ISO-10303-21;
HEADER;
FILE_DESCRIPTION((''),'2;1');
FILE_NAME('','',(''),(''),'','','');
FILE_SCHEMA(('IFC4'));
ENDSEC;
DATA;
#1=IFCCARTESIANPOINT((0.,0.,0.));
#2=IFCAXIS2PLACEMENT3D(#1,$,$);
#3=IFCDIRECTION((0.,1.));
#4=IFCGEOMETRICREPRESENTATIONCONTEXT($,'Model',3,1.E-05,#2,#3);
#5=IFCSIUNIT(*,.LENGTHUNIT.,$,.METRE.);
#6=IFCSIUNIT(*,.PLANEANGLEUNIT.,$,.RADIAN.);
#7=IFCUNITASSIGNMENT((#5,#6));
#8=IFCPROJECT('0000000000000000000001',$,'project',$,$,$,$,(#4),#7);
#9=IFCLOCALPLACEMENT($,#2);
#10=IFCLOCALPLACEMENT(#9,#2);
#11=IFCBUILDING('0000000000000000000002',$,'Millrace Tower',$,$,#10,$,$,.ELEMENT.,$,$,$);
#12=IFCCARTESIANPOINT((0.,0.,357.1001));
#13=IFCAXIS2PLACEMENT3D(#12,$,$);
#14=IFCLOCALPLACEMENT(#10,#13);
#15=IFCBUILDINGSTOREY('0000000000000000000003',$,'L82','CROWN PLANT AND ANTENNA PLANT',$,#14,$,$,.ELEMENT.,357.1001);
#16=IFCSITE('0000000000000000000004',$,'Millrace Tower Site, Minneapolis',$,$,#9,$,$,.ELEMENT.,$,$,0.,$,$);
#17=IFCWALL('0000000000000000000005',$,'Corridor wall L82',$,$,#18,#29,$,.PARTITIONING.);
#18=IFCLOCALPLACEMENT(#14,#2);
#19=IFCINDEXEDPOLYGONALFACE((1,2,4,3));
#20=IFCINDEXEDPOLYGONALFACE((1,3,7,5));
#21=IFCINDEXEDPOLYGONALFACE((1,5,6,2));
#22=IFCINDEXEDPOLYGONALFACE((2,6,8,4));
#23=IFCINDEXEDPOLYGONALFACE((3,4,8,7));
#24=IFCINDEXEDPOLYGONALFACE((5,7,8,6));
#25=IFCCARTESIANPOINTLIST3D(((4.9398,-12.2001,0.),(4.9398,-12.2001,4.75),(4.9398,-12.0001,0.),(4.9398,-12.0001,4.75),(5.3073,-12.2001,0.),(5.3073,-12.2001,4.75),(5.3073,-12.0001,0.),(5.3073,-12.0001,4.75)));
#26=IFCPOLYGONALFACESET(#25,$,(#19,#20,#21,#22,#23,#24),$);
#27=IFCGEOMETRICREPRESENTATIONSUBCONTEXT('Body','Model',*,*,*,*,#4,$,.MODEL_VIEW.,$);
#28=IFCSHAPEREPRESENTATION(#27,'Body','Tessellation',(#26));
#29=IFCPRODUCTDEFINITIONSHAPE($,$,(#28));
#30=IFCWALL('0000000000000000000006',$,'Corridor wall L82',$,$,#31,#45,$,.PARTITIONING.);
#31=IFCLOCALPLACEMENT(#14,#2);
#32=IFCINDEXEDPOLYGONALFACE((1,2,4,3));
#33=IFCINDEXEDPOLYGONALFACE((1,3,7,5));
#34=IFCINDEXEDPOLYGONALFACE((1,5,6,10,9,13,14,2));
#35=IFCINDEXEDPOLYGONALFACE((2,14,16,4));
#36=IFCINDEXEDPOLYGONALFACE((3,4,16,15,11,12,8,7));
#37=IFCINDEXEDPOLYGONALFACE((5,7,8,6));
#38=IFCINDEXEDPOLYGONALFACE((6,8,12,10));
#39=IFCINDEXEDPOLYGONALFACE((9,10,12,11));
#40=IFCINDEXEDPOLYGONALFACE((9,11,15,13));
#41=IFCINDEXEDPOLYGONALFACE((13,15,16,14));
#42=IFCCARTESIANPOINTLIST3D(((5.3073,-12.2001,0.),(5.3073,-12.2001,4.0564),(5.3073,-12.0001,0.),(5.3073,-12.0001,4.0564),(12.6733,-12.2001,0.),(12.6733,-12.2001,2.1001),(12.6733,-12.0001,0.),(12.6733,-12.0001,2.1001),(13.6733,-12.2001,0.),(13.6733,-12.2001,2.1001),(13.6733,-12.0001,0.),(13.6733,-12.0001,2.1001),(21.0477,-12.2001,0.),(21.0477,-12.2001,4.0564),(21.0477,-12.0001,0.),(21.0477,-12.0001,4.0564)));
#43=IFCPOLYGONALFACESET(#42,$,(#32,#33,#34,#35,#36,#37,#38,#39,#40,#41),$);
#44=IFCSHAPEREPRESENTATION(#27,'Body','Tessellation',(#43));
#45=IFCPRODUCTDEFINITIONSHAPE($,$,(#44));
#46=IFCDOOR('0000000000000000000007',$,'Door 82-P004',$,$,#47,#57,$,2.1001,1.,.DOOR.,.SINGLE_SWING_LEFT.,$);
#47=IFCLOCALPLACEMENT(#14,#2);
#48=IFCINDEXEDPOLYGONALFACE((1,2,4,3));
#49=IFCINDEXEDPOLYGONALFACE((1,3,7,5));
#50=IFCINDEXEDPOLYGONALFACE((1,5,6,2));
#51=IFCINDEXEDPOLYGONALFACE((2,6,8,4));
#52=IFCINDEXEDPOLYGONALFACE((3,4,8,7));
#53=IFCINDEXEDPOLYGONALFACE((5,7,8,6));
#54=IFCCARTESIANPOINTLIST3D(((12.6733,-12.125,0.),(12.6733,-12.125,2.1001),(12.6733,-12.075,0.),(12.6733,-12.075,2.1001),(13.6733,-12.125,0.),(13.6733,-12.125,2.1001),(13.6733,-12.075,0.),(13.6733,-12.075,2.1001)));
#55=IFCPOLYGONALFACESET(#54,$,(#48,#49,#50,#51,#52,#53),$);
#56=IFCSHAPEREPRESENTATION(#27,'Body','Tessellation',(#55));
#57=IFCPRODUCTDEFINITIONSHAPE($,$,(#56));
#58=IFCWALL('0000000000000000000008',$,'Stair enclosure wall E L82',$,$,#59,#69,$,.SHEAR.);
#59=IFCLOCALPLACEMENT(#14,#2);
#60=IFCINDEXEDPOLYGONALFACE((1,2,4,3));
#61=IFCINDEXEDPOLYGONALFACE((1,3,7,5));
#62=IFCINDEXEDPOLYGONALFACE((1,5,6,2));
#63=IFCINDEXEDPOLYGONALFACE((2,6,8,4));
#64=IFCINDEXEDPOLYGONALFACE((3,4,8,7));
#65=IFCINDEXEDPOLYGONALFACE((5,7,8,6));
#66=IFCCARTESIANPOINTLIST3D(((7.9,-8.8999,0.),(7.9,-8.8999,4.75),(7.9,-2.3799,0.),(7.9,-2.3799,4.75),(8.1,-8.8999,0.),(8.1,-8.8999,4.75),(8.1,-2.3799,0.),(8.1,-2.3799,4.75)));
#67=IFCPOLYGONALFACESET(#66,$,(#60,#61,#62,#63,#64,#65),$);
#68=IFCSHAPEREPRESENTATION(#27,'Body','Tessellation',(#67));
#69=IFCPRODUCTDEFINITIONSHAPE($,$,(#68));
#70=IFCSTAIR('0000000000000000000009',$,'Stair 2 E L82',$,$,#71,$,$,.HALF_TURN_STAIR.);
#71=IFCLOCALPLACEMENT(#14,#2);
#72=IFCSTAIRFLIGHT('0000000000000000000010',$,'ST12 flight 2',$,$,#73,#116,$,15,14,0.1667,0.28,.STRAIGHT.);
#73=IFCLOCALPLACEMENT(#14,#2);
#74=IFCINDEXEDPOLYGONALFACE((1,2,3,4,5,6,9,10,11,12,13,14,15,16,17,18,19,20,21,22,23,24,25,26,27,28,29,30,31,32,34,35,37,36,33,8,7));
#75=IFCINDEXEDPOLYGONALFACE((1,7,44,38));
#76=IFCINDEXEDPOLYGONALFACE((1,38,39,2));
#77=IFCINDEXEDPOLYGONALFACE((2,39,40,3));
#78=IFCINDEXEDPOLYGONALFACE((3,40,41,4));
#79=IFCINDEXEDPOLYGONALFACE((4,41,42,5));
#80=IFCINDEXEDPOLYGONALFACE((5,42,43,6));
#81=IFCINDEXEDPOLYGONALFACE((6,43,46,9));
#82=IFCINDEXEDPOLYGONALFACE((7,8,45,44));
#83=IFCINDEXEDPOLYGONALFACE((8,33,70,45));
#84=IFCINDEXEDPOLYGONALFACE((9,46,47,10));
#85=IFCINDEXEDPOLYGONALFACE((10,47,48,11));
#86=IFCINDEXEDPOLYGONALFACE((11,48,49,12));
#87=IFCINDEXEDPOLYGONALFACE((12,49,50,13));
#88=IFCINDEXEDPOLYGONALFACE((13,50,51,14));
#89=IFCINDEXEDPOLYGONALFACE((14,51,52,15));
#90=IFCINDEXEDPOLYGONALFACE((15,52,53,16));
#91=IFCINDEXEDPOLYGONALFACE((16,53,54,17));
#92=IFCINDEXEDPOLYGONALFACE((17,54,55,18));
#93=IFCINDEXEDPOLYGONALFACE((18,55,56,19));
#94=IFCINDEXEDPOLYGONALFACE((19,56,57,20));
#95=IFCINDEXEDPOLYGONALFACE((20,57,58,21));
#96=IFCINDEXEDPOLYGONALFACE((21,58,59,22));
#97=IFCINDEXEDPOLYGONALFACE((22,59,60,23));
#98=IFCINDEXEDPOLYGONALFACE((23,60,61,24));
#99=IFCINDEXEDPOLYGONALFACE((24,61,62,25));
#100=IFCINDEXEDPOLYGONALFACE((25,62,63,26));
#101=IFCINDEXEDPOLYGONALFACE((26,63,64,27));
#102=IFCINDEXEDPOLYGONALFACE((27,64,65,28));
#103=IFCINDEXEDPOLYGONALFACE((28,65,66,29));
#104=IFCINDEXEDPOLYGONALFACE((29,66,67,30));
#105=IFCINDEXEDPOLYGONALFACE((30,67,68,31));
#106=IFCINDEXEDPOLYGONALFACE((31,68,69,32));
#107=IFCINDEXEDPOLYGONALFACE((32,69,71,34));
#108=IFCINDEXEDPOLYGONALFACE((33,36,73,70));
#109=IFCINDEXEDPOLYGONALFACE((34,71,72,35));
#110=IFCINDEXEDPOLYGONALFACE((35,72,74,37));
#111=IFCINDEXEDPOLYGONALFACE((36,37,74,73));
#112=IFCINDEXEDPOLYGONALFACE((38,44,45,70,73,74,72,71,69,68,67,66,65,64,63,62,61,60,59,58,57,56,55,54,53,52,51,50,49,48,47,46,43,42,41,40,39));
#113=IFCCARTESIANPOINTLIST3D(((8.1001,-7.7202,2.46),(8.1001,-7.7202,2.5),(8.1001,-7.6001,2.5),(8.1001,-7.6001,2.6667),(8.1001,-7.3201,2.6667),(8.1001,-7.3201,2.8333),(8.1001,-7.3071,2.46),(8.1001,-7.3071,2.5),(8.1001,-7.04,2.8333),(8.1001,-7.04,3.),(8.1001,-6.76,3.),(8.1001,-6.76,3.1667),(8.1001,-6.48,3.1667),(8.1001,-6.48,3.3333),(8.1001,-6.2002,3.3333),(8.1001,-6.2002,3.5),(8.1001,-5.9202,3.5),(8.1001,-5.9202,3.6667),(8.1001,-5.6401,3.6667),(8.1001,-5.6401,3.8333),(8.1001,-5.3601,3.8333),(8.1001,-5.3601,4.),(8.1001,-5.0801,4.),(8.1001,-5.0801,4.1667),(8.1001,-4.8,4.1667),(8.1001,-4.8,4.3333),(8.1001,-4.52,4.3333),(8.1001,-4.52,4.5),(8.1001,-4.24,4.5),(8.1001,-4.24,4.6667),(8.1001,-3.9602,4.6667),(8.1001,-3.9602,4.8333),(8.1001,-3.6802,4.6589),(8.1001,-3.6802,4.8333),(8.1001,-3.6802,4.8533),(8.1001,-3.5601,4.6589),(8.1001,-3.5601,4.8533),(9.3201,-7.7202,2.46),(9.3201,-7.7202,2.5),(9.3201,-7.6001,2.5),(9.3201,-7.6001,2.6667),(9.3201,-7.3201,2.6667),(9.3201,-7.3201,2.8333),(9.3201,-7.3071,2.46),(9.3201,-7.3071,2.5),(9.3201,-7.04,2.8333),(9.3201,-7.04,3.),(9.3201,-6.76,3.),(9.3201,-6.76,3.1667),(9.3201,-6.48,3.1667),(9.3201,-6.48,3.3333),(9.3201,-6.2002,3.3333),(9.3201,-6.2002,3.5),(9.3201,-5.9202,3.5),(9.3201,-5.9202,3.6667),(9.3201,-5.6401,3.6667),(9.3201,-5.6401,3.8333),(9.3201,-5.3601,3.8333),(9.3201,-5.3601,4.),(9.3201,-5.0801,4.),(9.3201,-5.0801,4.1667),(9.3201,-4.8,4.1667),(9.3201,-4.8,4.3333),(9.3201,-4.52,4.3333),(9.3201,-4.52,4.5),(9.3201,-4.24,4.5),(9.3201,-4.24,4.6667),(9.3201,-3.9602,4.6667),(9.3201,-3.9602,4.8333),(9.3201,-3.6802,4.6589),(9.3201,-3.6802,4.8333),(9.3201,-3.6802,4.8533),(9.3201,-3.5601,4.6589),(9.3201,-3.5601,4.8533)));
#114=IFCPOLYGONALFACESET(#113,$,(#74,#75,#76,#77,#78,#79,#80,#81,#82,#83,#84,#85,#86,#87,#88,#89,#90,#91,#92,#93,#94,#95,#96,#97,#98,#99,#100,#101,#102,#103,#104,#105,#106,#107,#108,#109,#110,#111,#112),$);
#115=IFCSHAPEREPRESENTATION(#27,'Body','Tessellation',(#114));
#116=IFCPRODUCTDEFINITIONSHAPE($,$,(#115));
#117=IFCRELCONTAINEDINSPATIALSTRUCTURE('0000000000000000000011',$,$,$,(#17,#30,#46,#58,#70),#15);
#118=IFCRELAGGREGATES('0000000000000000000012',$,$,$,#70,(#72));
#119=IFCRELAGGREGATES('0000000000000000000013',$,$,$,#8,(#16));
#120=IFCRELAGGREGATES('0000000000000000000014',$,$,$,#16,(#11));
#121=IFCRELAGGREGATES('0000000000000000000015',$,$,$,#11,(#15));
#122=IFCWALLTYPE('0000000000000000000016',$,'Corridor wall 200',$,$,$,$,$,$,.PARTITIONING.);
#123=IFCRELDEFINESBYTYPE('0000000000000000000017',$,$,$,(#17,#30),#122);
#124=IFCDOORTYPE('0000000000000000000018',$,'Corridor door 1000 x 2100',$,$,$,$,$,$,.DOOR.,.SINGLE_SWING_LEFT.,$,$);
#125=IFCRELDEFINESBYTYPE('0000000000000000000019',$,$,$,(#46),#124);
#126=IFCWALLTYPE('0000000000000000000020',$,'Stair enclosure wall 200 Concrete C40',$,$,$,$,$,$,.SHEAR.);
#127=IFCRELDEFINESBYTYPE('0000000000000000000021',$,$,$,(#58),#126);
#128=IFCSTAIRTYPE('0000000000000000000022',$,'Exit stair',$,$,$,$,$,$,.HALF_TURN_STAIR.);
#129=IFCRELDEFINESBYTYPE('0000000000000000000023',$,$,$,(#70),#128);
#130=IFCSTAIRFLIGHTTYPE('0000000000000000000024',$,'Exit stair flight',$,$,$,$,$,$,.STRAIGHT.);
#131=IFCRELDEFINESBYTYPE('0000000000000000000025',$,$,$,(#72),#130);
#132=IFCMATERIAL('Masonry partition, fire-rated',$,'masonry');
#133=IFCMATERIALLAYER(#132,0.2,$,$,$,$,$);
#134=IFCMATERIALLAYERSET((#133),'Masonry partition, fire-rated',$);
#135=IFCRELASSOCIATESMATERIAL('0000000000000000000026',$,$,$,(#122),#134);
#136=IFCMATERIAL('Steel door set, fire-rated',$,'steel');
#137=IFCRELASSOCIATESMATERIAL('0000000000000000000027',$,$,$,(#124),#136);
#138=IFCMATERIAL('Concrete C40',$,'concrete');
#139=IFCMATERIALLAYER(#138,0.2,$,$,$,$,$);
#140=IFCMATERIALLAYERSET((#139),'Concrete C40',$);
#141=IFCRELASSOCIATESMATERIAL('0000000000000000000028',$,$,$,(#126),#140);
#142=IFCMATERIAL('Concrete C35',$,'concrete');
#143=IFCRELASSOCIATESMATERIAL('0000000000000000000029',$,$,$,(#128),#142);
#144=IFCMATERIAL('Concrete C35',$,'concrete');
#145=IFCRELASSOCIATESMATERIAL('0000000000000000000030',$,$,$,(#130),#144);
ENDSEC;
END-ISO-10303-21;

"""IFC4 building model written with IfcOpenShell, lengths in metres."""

from ifc_helpers import new_model, si_unit, direction, frame, frame_2d, origin, place, context, subcontext, project, spatial, polyline, rectangle, outline, extrude, material, layer, layer_set, type_object, element, fill, aggregate, save


model = new_model("IFC4")

# Units and contexts
model_context = context("Model", 3, precision=1e-05, world=origin(), true_north=direction((0.0, 1.0)))
body_context = subcontext(model_context, "Body", "Model", "MODEL_VIEW")
ifc_project = project(units=[si_unit("LENGTHUNIT", "METRE"), si_unit("PLANEANGLEUNIT", "RADIAN")], contexts=[model_context])

# Site, building, storey
site_placement = place(None, origin())
site = spatial("IfcSite", under=ifc_project, at=site_placement, Name="Millrace Tower Site, Minneapolis", CompositionType="ELEMENT", RefElevation=0.0)
building_placement = place(site_placement, origin())
building = spatial("IfcBuilding", under=site, at=building_placement, Name="Millrace Tower", CompositionType="ELEMENT")
storey_placement = place(building_placement, frame((0.0, 0.0, 357.1001)))
storey = spatial("IfcBuildingStorey", under=building, at=storey_placement, Name="L82", Description="CROWN PLANT AND ANTENNA PLANT", CompositionType="ELEMENT", Elevation=357.1001)

# Shared definitions
placement = place(storey_placement, origin())

# Wall
ifc_material_1 = material(Name="Masonry partition, fire-rated", Category="masonry")
ifc_layer_1 = layer(ifc_material_1, 0.2)
ifc_layer_set_1 = layer_set([ifc_layer_1], Name="Masonry partition, fire-rated")
wall_type_1 = type_object("IfcWallType", Name="Corridor wall 200", PredefinedType="PARTITIONING", material=ifc_layer_set_1)
wall_1_placement = place(storey_placement, frame((4.9399, -12.1001, 0.0), z_axis=(0.0, 0.0, 1.0), x_axis=(1.0, 0.0, 0.0)))
element("IfcWall", 1, at=wall_1_placement, inside=storey, type_object=wall_type_1, Name="Corridor wall L82", PredefinedType="PARTITIONING", context=body_context, shape_type="SweptSolid", body=[
    extrude(rectangle(XDim=0.3674, YDim=0.2, at=frame_2d((0.1836, 0.0))), origin(), (0.0, 0.0, 1.0), 4.75),
])

# Wall, opening, door
wall_2_placement = place(storey_placement, frame((5.3074, -12.1001, 0.0), z_axis=(0.0, 0.0, 1.0), x_axis=(1.0, 0.0, 0.0)))
wall_2 = element("IfcWall", 2, at=wall_2_placement, inside=storey, type_object=wall_type_1, Name="Corridor wall L82", PredefinedType="PARTITIONING", context=body_context, shape_type="SweptSolid", body=[
    extrude(rectangle(XDim=15.7405, YDim=0.2, at=frame_2d((7.8701, 0.0))), origin(), (0.0, 0.0, 1.0), 4.0564),
])
opening_placement = place(wall_2_placement, frame((7.366, 0.0, 0.0)))
opening = element("IfcOpeningElement", 3, at=opening_placement, cuts=wall_2, PredefinedType="OPENING", context=body_context, shape_type="SweptSolid", body=[
    extrude(rectangle(XDim=1.0, YDim=2.1001, at=frame_2d((0.5, 1.05))), frame((0.0, 0.1099, 0.0), z_axis=(0.0, -1.0, 0.0), x_axis=(1.0, 0.0, 0.0)), (0.0, 0.0, 1.0), 0.22),
])
ifc_material_2 = material(Name="Steel door set, fire-rated", Category="steel")
door_type = type_object("IfcDoorType", Name="Corridor door 1000 x 2100", OperationType="SINGLE_SWING_LEFT", PredefinedType="DOOR", material=ifc_material_2)
door_placement = place(opening_placement, frame((1.0, 0.0, 0.0), z_axis=(0.0, 0.0, 1.0), x_axis=(-1.0, 0.0, 0.0)))
door = element("IfcDoor", 4, at=door_placement, inside=storey, type_object=door_type, Name="Door 82-P004", OperationType="SINGLE_SWING_LEFT", OverallHeight=2.1001, OverallWidth=1.0, PredefinedType="DOOR", context=body_context, shape_type="SweptSolid", body=[
    extrude(rectangle(XDim=1.0, YDim=2.1001, at=frame_2d((0.5, 1.05))), frame((0.0, 0.0249, 0.0), z_axis=(0.0, -1.0, 0.0), x_axis=(1.0, 0.0, 0.0)), (0.0, 0.0, 1.0), 0.05),
])
fill(opening, door)

# Wall
ifc_material_3 = material(Name="Concrete C40", Category="concrete")
ifc_layer_2 = layer(ifc_material_3, 0.2)
ifc_layer_set_2 = layer_set([ifc_layer_2], Name="Concrete C40")
wall_type_2 = type_object("IfcWallType", Name="Stair enclosure wall 200 Concrete C40", PredefinedType="SHEAR", material=ifc_layer_set_2)
wall_3_placement = place(storey_placement, frame((8.0, -2.3799, 0.0), z_axis=(0.0, 0.0, 1.0), x_axis=(0.0, -1.0, 0.0)))
element("IfcWall", 5, at=wall_3_placement, inside=storey, type_object=wall_type_2, Name="Stair enclosure wall E L82", PredefinedType="SHEAR", context=body_context, shape_type="SweptSolid", body=[
    extrude(rectangle(XDim=6.52, YDim=0.2, at=frame_2d((3.26, 0.0))), origin(), (0.0, 0.0, 1.0), 4.75),
])

# Stair, stair flight
ifc_material_4 = material(Name="Concrete C35", Category="concrete")
stair_type = type_object("IfcStairType", Name="Exit stair", PredefinedType="HALF_TURN_STAIR", material=ifc_material_4)
stair = element("IfcStair", 6, at=placement, inside=storey, type_object=stair_type, Name="Stair 2 E L82", PredefinedType="HALF_TURN_STAIR")
ifc_material_5 = material(Name="Concrete C35", Category="concrete")
stair_flight_type = type_object("IfcStairFlightType", Name="Exit stair flight", PredefinedType="STRAIGHT", material=ifc_material_5)
stair_flight_placement = place(storey_placement, frame((8.71, -7.6001, 2.5), z_axis=(0.0, 0.0, 1.0), x_axis=(0.0, 1.0, 0.0)))
stair_flight = element("IfcStairFlight", 7, at=stair_flight_placement, type_object=stair_flight_type, Name="ST12 flight 2", NumberOfRisers=15, NumberOfTreads=14, PredefinedType="STRAIGHT", RiserHeight=0.1667, TreadLength=0.28, context=body_context, shape_type="SweptSolid", body=[
    extrude(outline(polyline([(-0.1201, -0.04), (-0.1201, 0.0), (0.0, 0.0), (0.0, 0.1667), (0.28, 0.1667), (0.28, 0.3333), (0.5601, 0.3333), (0.5601, 0.5), (0.8401, 0.5), (0.8401, 0.6667), (1.1201, 0.6667), (1.1201, 0.8333), (1.3999, 0.8333), (1.3999, 1.0), (1.6799, 1.0), (1.6799, 1.1667), (1.96, 1.1667), (1.96, 1.3333), (2.24, 1.3333), (2.24, 1.5), (2.52, 1.5), (2.52, 1.6667), (2.8, 1.6667), (2.8, 1.8333), (3.0801, 1.8333), (3.0801, 2.0), (3.3601, 2.0), (3.3601, 2.1667), (3.6399, 2.1667), (3.6399, 2.3333), (3.9199, 2.3333), (3.9199, 2.3533), (4.04, 2.3533), (4.04, 2.1589), (3.9199, 2.1589), (0.293, 0.0), (0.293, -0.04), (-0.1201, -0.04)])), frame((0.0, 0.6099, 0.0), z_axis=(0.0, -1.0, 0.0), x_axis=(1.0, 0.0, 0.0)), (0.0, 0.0, 1.0), 1.22),
])
aggregate(stair, [stair_flight])

save(model, "model.ifc")
